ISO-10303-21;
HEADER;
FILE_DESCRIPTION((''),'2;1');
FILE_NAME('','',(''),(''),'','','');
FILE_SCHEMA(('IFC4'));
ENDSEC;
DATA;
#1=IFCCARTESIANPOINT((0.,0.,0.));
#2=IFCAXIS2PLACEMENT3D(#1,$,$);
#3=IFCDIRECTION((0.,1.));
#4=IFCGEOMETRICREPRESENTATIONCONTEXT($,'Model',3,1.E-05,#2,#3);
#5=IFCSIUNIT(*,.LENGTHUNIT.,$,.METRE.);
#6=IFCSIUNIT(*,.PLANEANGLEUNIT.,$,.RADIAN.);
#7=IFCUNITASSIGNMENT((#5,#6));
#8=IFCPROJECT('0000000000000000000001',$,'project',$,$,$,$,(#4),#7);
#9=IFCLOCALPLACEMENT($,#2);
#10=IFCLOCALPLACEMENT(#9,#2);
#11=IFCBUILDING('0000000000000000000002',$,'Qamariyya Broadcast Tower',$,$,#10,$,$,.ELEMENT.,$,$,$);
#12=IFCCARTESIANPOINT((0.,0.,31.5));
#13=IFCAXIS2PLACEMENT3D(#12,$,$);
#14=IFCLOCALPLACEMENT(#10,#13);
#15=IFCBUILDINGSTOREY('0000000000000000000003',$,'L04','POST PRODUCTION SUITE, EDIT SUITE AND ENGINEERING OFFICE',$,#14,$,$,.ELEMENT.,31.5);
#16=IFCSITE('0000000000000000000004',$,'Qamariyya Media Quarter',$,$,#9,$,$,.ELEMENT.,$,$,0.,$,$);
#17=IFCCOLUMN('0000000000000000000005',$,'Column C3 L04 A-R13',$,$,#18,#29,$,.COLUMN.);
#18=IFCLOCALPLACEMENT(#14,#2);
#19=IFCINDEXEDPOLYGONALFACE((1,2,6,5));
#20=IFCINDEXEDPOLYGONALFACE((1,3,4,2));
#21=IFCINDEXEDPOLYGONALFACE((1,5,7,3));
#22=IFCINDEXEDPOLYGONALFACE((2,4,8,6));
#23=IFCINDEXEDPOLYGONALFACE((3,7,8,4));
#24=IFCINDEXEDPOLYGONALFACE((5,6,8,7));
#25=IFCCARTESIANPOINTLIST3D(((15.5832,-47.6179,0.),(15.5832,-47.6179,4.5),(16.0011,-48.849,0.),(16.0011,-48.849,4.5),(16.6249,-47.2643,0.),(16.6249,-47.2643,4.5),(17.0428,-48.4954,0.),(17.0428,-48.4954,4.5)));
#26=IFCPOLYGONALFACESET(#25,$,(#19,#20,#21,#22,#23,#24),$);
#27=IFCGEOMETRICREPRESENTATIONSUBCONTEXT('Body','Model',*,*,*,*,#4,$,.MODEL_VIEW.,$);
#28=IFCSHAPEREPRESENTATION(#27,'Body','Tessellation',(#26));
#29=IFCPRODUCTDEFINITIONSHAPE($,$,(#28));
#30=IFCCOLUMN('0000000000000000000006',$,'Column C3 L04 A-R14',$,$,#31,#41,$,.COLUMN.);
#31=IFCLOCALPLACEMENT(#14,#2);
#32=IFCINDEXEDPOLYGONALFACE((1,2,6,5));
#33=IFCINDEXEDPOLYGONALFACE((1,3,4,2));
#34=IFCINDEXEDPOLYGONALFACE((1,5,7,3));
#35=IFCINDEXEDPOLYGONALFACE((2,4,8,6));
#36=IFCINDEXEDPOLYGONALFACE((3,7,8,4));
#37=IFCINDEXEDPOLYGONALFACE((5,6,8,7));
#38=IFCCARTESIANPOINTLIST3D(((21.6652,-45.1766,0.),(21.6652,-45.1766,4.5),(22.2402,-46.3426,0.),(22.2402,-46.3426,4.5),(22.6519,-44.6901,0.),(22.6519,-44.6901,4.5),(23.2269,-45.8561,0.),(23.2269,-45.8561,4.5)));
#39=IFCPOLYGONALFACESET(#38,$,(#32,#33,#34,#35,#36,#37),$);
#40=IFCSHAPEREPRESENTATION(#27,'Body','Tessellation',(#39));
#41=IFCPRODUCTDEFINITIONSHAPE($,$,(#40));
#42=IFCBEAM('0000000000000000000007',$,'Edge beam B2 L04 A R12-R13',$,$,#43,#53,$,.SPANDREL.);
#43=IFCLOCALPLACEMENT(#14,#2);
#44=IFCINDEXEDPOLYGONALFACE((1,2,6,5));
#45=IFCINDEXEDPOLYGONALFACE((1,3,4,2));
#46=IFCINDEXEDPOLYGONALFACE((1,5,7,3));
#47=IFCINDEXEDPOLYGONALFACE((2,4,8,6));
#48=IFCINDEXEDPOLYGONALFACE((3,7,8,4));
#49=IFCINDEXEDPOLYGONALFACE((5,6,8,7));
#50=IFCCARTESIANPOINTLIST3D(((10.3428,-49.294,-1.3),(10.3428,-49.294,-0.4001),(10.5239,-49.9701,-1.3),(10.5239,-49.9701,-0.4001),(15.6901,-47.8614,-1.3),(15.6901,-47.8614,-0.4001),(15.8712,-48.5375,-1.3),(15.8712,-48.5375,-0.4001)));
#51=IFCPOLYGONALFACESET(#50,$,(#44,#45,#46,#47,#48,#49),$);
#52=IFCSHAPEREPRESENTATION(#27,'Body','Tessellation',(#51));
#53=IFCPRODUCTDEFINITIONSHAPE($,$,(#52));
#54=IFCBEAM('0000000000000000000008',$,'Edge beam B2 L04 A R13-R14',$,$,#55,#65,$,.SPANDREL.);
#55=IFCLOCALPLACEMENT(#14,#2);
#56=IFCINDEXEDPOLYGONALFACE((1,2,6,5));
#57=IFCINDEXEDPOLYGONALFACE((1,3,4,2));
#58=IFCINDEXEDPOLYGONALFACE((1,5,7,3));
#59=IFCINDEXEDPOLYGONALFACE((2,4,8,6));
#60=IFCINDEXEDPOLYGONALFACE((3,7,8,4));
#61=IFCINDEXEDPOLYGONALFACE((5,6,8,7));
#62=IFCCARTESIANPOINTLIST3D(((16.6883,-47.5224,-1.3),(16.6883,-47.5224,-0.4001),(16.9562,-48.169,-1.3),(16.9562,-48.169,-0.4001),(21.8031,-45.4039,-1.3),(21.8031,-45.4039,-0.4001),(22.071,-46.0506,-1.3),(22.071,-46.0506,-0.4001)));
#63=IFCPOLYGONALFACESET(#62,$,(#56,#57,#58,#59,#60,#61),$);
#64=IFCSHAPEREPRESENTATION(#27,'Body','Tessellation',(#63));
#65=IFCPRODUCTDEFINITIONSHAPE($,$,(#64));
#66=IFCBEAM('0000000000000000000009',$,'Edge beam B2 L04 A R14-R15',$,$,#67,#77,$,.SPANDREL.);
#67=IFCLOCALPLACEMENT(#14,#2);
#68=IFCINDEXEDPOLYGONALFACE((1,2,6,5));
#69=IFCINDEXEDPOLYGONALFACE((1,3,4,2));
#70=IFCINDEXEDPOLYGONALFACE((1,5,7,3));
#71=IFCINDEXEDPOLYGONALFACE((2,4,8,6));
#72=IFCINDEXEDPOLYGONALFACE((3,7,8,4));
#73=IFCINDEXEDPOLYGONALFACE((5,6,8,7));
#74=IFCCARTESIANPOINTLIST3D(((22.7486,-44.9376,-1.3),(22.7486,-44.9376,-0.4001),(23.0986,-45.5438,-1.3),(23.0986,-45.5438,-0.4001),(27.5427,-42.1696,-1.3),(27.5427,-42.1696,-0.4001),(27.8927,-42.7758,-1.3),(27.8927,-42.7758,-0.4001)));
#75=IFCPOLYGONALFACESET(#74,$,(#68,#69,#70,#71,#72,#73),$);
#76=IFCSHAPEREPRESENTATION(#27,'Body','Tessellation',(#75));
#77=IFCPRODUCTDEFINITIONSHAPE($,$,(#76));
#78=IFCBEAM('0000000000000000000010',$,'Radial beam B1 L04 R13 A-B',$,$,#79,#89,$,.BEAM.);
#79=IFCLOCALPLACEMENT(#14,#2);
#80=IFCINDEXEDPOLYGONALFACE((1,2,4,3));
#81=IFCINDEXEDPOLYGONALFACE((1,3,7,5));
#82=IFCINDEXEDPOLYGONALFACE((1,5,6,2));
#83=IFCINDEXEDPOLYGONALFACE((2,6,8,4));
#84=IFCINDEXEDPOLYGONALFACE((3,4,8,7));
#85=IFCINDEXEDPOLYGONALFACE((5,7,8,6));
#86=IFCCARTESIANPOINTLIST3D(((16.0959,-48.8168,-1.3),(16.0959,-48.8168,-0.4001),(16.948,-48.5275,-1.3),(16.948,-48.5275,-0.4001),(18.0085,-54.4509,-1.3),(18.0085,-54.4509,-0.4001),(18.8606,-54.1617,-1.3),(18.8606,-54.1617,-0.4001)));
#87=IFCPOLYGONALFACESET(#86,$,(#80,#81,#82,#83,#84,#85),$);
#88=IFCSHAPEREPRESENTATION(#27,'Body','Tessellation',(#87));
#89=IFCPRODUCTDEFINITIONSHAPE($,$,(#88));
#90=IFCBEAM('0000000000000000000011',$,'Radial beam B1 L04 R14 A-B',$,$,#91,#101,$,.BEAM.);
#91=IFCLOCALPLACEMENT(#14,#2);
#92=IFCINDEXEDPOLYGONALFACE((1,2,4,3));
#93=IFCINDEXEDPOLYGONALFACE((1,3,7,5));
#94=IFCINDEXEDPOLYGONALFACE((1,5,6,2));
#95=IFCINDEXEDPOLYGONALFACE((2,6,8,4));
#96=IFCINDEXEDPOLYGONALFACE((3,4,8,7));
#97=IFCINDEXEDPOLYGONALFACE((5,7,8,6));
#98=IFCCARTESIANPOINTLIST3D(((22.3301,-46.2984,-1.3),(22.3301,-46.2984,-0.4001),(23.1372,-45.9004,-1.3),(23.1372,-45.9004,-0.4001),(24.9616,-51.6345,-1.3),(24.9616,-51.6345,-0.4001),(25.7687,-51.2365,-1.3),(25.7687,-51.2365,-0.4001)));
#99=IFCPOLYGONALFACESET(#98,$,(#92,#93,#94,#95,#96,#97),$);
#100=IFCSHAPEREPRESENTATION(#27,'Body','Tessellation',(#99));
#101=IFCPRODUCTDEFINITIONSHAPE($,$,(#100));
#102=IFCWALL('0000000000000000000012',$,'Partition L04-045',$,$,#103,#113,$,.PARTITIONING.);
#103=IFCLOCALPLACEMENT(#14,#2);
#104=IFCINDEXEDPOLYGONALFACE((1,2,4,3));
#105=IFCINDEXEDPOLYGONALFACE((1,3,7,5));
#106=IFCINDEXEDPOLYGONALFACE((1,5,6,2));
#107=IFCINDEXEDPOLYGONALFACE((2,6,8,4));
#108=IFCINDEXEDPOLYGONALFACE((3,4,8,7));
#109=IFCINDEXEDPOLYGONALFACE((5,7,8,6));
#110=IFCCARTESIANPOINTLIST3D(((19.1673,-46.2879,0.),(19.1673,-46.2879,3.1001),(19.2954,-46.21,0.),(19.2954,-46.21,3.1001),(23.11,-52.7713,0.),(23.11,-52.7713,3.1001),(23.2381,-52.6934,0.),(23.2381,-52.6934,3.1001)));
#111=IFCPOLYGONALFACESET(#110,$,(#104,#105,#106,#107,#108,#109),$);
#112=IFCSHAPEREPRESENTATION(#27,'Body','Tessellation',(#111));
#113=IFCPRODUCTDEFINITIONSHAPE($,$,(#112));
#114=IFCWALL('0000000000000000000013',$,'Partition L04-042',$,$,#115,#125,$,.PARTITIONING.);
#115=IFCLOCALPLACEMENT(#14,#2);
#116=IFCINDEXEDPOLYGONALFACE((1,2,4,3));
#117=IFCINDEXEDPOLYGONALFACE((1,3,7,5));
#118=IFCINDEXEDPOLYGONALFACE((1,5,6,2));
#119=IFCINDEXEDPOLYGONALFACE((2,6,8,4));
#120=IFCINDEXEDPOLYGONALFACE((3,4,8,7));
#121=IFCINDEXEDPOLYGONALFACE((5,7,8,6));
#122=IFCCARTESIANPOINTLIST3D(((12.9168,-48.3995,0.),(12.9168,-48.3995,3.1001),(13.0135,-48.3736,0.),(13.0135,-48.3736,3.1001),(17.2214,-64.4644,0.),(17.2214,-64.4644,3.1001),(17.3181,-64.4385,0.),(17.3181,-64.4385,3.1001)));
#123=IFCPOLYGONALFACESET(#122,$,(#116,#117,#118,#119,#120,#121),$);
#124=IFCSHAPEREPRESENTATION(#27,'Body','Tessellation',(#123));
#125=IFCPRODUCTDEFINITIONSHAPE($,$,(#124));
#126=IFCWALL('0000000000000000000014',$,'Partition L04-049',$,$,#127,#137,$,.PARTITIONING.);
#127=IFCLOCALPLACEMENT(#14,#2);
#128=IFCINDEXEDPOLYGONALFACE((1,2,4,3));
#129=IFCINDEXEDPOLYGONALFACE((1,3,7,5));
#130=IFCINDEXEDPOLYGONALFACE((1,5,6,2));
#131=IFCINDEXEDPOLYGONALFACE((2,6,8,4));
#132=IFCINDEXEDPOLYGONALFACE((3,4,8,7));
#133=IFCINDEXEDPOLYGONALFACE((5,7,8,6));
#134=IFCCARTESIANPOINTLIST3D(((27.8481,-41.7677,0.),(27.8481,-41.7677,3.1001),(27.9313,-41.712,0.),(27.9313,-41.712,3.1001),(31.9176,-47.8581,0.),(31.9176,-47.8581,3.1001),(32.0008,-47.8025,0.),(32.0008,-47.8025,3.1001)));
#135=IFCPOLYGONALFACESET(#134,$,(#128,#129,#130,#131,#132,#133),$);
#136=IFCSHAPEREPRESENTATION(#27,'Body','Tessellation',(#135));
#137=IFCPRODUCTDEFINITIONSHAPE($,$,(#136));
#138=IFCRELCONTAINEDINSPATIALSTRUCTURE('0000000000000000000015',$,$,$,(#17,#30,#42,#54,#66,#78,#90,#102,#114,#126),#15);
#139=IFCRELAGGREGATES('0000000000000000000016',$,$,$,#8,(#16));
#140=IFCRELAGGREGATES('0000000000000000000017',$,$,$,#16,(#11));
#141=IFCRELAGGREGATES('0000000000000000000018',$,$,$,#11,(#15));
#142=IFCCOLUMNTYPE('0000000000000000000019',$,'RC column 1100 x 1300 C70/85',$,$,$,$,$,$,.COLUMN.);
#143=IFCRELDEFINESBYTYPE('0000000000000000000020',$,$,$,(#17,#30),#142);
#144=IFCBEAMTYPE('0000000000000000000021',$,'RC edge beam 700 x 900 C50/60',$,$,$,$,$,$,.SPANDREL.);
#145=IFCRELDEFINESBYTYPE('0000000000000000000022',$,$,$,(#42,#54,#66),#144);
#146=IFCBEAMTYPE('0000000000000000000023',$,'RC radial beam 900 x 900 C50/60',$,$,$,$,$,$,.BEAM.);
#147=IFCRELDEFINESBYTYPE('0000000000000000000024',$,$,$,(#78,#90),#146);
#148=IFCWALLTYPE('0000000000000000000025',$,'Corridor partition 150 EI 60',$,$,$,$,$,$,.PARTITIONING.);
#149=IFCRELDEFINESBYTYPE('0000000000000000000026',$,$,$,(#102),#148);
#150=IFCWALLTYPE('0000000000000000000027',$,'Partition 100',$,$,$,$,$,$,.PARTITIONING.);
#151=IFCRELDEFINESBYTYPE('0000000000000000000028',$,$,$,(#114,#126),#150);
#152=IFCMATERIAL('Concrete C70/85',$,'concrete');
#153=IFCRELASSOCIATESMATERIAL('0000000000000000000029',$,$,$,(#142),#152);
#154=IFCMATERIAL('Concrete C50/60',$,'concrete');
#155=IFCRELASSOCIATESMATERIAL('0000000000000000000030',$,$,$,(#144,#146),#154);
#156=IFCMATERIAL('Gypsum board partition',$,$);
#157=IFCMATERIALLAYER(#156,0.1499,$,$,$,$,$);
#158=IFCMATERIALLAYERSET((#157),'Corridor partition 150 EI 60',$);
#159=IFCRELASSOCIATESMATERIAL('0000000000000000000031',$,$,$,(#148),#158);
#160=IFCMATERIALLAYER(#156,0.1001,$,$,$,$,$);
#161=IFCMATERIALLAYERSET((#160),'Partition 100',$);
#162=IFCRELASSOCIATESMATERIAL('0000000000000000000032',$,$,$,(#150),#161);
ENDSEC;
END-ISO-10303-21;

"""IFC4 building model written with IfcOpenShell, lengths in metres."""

from ifc_helpers import new_model, si_unit, direction, frame, frame_2d, origin, origin_2d, place, context, subcontext, project, spatial, rectangle, extrude, material, layer, layer_set, material_profile, profile_set, type_object, element, save


model = new_model("IFC4")

# Units and contexts
model_context = context("Model", 3, precision=1e-05, world=origin(), true_north=direction((0.0, 1.0)))
body_context = subcontext(model_context, "Body", "Model", "MODEL_VIEW")
ifc_project = project(units=[si_unit("LENGTHUNIT", "METRE"), si_unit("PLANEANGLEUNIT", "RADIAN")], contexts=[model_context])

# Site, building, storey
site_placement = place(None, origin())
site = spatial("IfcSite", under=ifc_project, at=site_placement, Name="Qamariyya Media Quarter", CompositionType="ELEMENT", RefElevation=0.0)
building_placement = place(site_placement, origin())
building = spatial("IfcBuilding", under=site, at=building_placement, Name="Qamariyya Broadcast Tower", CompositionType="ELEMENT")
storey_placement = place(building_placement, frame((0.0, 0.0, 31.5)))
storey = spatial("IfcBuildingStorey", under=building, at=storey_placement, Name="L04", Description="POST PRODUCTION SUITE, EDIT SUITE AND ENGINEERING OFFICE", CompositionType="ELEMENT", Elevation=31.5)

# Columns
ifc_material_1 = material(Name="Concrete C70/85", Category="concrete")
ifc_material_profile_1 = material_profile(ifc_material_1, rectangle(XDim=1.1001, YDim=1.3, at=origin_2d()))
ifc_profile_set_1 = profile_set([ifc_material_profile_1], Name="Concrete C70/85")
column_type = type_object("IfcColumnType", Name="RC column 1100 x 1300 C70/85", PredefinedType="COLUMN", material=ifc_profile_set_1)
for number, where, z_axis, x_axis, name in (
    (1, (16.313, -48.0566, 0.0), (0.0, 0.0, 1.0), (0.94693, 0.321439, 0.0), "Column C3 L04 A-R13"),
    (2, (22.446, -45.5164, 0.0), (0.0, 0.0, 1.0), (0.896873, 0.442289, 0.0), "Column C3 L04 A-R14"),
):
    element("IfcColumn", number, at=place(storey_placement, frame(where, z_axis=z_axis, x_axis=x_axis)), inside=storey, type_object=column_type, Name=name, PredefinedType="COLUMN", context=body_context, shape_type="SweptSolid", body=[
        extrude(rectangle(XDim=1.1001, YDim=1.3, at=origin_2d()), origin(), (0.0, 0.0, 1.0), 4.5),
    ])

# Beams
ifc_material_2 = material(Name="Concrete C50/60", Category="concrete")
ifc_material_profile_2 = material_profile(ifc_material_2, rectangle(XDim=0.7, YDim=0.8999, at=origin_2d()))
ifc_profile_set_2 = profile_set([ifc_material_profile_2], Name="Concrete C50/60")
beam_type_1 = type_object("IfcBeamType", Name="RC edge beam 700 x 900 C50/60", PredefinedType="SPANDREL", material=ifc_profile_set_2)
beam_1_placement = place(storey_placement, frame((10.4333, -49.6321, -0.8501), z_axis=(0.965936, 0.258782, 0.0), x_axis=(-0.258782, 0.965936, 0.0)))
element("IfcBeam", 3, at=beam_1_placement, inside=storey, type_object=beam_type_1, Name="Edge beam B2 L04 A R12-R13", PredefinedType="SPANDREL", context=body_context, shape_type="SweptSolid", body=[
    extrude(rectangle(XDim=0.7, YDim=0.8999, at=origin_2d()), origin(), (0.0, 0.0, 1.0), 5.5359),
])
beam_2_placement = place(storey_placement, frame((16.8223, -47.8457, -0.8501), z_axis=(0.923892, 0.382654, 0.0), x_axis=(-0.382654, 0.923892, 0.0)))
element("IfcBeam", 4, at=beam_2_placement, inside=storey, type_object=beam_type_1, Name="Edge beam B2 L04 A R13-R14", PredefinedType="SPANDREL", context=body_context, shape_type="SweptSolid", body=[
    extrude(rectangle(XDim=0.7, YDim=0.8999, at=origin_2d()), origin(), (0.0, 0.0, 1.0), 5.5361),
])
beam_3_placement = place(storey_placement, frame((22.9236, -45.2407, -0.8501), z_axis=(0.866014, 0.500019, 0.0), x_axis=(-0.500019, 0.866014, 0.0)))
element("IfcBeam", 5, at=beam_3_placement, inside=storey, type_object=beam_type_1, Name="Edge beam B2 L04 A R14-R15", PredefinedType="SPANDREL", context=body_context, shape_type="SweptSolid", body=[
    extrude(rectangle(XDim=0.7, YDim=0.8999, at=origin_2d()), origin(), (0.0, 0.0, 1.0), 5.5359),
])
ifc_material_profile_3 = material_profile(ifc_material_2, rectangle(XDim=0.8999, YDim=0.8999, at=origin_2d()))
ifc_profile_set_3 = profile_set([ifc_material_profile_3], Name="Concrete C50/60")
beam_type_2 = type_object("IfcBeamType", Name="RC radial beam 900 x 900 C50/60", PredefinedType="BEAM", material=ifc_profile_set_3)
beam_4_placement = place(storey_placement, frame((16.522, -48.6721, -0.8501), z_axis=(0.321442, -0.946929, 0.0), x_axis=(0.946929, 0.321442, 0.0)))
element("IfcBeam", 6, at=beam_4_placement, inside=storey, type_object=beam_type_2, Name="Radial beam B1 L04 R13 A-B", PredefinedType="BEAM", context=body_context, shape_type="SweptSolid", body=[
    extrude(rectangle(XDim=0.8999, YDim=0.8999, at=origin_2d()), origin(), (0.0, 0.0, 1.0), 5.95),
])
beam_5_placement = place(storey_placement, frame((22.7336, -46.0994, -0.8501), z_axis=(0.442299, -0.896868, 0.0), x_axis=(0.896868, 0.442299, 0.0)))
element("IfcBeam", 7, at=beam_5_placement, inside=storey, type_object=beam_type_2, Name="Radial beam B1 L04 R14 A-B", PredefinedType="BEAM", context=body_context, shape_type="SweptSolid", body=[
    extrude(rectangle(XDim=0.8999, YDim=0.8999, at=origin_2d()), origin(), (0.0, 0.0, 1.0), 5.9497),
])

# Walls
ifc_material_3 = material(Name="Gypsum board partition")
ifc_layer_1 = layer(ifc_material_3, 0.1499)
ifc_layer_set_1 = layer_set([ifc_layer_1], Name="Corridor partition 150 EI 60")
wall_type_1 = type_object("IfcWallType", Name="Corridor partition 150 EI 60", PredefinedType="PARTITIONING", material=ifc_layer_set_1)
wall_1_placement = place(storey_placement, frame((19.2314, -46.249, 0.0), z_axis=(0.0, 0.0, 1.0), x_axis=(0.519583, -0.85442, 0.0)))
element("IfcWall", 8, at=wall_1_placement, inside=storey, type_object=wall_type_1, Name="Partition L04-045", PredefinedType="PARTITIONING", context=body_context, shape_type="SweptSolid", body=[
    extrude(rectangle(XDim=7.5881, YDim=0.1499, at=frame_2d((3.7939, 0.0))), origin(), (0.0, 0.0, 1.0), 3.1001),
])
ifc_layer_2 = layer(ifc_material_3, 0.1001)
ifc_layer_set_2 = layer_set([ifc_layer_2], Name="Partition 100")
wall_type_2 = type_object("IfcWallType", Name="Partition 100", PredefinedType="PARTITIONING", material=ifc_layer_set_2)
wall_2_placement = place(storey_placement, frame((12.9651, -48.3865, 0.0), z_axis=(0.0, 0.0, 1.0), x_axis=(0.258825, -0.965924, 0.0)))
element("IfcWall", 9, at=wall_2_placement, inside=storey, type_object=wall_type_2, Name="Partition L04-042", PredefinedType="PARTITIONING", context=body_context, shape_type="SweptSolid", body=[
    extrude(rectangle(XDim=16.6316, YDim=0.1001, at=frame_2d((8.3159, 0.0))), origin(), (0.0, 0.0, 1.0), 3.1001),
])
wall_3_placement = place(storey_placement, frame((27.8896, -41.7397, 0.0), z_axis=(0.0, 0.0, 1.0), x_axis=(0.555569, -0.83147, 0.0)))
element("IfcWall", 10, at=wall_3_placement, inside=storey, type_object=wall_type_2, Name="Partition L04-049", PredefinedType="PARTITIONING", context=body_context, shape_type="SweptSolid", body=[
    extrude(rectangle(XDim=7.325, YDim=0.1001, at=frame_2d((3.6626, 0.0))), origin(), (0.0, 0.0, 1.0), 3.1001),
])

save(model, "model.ifc")
